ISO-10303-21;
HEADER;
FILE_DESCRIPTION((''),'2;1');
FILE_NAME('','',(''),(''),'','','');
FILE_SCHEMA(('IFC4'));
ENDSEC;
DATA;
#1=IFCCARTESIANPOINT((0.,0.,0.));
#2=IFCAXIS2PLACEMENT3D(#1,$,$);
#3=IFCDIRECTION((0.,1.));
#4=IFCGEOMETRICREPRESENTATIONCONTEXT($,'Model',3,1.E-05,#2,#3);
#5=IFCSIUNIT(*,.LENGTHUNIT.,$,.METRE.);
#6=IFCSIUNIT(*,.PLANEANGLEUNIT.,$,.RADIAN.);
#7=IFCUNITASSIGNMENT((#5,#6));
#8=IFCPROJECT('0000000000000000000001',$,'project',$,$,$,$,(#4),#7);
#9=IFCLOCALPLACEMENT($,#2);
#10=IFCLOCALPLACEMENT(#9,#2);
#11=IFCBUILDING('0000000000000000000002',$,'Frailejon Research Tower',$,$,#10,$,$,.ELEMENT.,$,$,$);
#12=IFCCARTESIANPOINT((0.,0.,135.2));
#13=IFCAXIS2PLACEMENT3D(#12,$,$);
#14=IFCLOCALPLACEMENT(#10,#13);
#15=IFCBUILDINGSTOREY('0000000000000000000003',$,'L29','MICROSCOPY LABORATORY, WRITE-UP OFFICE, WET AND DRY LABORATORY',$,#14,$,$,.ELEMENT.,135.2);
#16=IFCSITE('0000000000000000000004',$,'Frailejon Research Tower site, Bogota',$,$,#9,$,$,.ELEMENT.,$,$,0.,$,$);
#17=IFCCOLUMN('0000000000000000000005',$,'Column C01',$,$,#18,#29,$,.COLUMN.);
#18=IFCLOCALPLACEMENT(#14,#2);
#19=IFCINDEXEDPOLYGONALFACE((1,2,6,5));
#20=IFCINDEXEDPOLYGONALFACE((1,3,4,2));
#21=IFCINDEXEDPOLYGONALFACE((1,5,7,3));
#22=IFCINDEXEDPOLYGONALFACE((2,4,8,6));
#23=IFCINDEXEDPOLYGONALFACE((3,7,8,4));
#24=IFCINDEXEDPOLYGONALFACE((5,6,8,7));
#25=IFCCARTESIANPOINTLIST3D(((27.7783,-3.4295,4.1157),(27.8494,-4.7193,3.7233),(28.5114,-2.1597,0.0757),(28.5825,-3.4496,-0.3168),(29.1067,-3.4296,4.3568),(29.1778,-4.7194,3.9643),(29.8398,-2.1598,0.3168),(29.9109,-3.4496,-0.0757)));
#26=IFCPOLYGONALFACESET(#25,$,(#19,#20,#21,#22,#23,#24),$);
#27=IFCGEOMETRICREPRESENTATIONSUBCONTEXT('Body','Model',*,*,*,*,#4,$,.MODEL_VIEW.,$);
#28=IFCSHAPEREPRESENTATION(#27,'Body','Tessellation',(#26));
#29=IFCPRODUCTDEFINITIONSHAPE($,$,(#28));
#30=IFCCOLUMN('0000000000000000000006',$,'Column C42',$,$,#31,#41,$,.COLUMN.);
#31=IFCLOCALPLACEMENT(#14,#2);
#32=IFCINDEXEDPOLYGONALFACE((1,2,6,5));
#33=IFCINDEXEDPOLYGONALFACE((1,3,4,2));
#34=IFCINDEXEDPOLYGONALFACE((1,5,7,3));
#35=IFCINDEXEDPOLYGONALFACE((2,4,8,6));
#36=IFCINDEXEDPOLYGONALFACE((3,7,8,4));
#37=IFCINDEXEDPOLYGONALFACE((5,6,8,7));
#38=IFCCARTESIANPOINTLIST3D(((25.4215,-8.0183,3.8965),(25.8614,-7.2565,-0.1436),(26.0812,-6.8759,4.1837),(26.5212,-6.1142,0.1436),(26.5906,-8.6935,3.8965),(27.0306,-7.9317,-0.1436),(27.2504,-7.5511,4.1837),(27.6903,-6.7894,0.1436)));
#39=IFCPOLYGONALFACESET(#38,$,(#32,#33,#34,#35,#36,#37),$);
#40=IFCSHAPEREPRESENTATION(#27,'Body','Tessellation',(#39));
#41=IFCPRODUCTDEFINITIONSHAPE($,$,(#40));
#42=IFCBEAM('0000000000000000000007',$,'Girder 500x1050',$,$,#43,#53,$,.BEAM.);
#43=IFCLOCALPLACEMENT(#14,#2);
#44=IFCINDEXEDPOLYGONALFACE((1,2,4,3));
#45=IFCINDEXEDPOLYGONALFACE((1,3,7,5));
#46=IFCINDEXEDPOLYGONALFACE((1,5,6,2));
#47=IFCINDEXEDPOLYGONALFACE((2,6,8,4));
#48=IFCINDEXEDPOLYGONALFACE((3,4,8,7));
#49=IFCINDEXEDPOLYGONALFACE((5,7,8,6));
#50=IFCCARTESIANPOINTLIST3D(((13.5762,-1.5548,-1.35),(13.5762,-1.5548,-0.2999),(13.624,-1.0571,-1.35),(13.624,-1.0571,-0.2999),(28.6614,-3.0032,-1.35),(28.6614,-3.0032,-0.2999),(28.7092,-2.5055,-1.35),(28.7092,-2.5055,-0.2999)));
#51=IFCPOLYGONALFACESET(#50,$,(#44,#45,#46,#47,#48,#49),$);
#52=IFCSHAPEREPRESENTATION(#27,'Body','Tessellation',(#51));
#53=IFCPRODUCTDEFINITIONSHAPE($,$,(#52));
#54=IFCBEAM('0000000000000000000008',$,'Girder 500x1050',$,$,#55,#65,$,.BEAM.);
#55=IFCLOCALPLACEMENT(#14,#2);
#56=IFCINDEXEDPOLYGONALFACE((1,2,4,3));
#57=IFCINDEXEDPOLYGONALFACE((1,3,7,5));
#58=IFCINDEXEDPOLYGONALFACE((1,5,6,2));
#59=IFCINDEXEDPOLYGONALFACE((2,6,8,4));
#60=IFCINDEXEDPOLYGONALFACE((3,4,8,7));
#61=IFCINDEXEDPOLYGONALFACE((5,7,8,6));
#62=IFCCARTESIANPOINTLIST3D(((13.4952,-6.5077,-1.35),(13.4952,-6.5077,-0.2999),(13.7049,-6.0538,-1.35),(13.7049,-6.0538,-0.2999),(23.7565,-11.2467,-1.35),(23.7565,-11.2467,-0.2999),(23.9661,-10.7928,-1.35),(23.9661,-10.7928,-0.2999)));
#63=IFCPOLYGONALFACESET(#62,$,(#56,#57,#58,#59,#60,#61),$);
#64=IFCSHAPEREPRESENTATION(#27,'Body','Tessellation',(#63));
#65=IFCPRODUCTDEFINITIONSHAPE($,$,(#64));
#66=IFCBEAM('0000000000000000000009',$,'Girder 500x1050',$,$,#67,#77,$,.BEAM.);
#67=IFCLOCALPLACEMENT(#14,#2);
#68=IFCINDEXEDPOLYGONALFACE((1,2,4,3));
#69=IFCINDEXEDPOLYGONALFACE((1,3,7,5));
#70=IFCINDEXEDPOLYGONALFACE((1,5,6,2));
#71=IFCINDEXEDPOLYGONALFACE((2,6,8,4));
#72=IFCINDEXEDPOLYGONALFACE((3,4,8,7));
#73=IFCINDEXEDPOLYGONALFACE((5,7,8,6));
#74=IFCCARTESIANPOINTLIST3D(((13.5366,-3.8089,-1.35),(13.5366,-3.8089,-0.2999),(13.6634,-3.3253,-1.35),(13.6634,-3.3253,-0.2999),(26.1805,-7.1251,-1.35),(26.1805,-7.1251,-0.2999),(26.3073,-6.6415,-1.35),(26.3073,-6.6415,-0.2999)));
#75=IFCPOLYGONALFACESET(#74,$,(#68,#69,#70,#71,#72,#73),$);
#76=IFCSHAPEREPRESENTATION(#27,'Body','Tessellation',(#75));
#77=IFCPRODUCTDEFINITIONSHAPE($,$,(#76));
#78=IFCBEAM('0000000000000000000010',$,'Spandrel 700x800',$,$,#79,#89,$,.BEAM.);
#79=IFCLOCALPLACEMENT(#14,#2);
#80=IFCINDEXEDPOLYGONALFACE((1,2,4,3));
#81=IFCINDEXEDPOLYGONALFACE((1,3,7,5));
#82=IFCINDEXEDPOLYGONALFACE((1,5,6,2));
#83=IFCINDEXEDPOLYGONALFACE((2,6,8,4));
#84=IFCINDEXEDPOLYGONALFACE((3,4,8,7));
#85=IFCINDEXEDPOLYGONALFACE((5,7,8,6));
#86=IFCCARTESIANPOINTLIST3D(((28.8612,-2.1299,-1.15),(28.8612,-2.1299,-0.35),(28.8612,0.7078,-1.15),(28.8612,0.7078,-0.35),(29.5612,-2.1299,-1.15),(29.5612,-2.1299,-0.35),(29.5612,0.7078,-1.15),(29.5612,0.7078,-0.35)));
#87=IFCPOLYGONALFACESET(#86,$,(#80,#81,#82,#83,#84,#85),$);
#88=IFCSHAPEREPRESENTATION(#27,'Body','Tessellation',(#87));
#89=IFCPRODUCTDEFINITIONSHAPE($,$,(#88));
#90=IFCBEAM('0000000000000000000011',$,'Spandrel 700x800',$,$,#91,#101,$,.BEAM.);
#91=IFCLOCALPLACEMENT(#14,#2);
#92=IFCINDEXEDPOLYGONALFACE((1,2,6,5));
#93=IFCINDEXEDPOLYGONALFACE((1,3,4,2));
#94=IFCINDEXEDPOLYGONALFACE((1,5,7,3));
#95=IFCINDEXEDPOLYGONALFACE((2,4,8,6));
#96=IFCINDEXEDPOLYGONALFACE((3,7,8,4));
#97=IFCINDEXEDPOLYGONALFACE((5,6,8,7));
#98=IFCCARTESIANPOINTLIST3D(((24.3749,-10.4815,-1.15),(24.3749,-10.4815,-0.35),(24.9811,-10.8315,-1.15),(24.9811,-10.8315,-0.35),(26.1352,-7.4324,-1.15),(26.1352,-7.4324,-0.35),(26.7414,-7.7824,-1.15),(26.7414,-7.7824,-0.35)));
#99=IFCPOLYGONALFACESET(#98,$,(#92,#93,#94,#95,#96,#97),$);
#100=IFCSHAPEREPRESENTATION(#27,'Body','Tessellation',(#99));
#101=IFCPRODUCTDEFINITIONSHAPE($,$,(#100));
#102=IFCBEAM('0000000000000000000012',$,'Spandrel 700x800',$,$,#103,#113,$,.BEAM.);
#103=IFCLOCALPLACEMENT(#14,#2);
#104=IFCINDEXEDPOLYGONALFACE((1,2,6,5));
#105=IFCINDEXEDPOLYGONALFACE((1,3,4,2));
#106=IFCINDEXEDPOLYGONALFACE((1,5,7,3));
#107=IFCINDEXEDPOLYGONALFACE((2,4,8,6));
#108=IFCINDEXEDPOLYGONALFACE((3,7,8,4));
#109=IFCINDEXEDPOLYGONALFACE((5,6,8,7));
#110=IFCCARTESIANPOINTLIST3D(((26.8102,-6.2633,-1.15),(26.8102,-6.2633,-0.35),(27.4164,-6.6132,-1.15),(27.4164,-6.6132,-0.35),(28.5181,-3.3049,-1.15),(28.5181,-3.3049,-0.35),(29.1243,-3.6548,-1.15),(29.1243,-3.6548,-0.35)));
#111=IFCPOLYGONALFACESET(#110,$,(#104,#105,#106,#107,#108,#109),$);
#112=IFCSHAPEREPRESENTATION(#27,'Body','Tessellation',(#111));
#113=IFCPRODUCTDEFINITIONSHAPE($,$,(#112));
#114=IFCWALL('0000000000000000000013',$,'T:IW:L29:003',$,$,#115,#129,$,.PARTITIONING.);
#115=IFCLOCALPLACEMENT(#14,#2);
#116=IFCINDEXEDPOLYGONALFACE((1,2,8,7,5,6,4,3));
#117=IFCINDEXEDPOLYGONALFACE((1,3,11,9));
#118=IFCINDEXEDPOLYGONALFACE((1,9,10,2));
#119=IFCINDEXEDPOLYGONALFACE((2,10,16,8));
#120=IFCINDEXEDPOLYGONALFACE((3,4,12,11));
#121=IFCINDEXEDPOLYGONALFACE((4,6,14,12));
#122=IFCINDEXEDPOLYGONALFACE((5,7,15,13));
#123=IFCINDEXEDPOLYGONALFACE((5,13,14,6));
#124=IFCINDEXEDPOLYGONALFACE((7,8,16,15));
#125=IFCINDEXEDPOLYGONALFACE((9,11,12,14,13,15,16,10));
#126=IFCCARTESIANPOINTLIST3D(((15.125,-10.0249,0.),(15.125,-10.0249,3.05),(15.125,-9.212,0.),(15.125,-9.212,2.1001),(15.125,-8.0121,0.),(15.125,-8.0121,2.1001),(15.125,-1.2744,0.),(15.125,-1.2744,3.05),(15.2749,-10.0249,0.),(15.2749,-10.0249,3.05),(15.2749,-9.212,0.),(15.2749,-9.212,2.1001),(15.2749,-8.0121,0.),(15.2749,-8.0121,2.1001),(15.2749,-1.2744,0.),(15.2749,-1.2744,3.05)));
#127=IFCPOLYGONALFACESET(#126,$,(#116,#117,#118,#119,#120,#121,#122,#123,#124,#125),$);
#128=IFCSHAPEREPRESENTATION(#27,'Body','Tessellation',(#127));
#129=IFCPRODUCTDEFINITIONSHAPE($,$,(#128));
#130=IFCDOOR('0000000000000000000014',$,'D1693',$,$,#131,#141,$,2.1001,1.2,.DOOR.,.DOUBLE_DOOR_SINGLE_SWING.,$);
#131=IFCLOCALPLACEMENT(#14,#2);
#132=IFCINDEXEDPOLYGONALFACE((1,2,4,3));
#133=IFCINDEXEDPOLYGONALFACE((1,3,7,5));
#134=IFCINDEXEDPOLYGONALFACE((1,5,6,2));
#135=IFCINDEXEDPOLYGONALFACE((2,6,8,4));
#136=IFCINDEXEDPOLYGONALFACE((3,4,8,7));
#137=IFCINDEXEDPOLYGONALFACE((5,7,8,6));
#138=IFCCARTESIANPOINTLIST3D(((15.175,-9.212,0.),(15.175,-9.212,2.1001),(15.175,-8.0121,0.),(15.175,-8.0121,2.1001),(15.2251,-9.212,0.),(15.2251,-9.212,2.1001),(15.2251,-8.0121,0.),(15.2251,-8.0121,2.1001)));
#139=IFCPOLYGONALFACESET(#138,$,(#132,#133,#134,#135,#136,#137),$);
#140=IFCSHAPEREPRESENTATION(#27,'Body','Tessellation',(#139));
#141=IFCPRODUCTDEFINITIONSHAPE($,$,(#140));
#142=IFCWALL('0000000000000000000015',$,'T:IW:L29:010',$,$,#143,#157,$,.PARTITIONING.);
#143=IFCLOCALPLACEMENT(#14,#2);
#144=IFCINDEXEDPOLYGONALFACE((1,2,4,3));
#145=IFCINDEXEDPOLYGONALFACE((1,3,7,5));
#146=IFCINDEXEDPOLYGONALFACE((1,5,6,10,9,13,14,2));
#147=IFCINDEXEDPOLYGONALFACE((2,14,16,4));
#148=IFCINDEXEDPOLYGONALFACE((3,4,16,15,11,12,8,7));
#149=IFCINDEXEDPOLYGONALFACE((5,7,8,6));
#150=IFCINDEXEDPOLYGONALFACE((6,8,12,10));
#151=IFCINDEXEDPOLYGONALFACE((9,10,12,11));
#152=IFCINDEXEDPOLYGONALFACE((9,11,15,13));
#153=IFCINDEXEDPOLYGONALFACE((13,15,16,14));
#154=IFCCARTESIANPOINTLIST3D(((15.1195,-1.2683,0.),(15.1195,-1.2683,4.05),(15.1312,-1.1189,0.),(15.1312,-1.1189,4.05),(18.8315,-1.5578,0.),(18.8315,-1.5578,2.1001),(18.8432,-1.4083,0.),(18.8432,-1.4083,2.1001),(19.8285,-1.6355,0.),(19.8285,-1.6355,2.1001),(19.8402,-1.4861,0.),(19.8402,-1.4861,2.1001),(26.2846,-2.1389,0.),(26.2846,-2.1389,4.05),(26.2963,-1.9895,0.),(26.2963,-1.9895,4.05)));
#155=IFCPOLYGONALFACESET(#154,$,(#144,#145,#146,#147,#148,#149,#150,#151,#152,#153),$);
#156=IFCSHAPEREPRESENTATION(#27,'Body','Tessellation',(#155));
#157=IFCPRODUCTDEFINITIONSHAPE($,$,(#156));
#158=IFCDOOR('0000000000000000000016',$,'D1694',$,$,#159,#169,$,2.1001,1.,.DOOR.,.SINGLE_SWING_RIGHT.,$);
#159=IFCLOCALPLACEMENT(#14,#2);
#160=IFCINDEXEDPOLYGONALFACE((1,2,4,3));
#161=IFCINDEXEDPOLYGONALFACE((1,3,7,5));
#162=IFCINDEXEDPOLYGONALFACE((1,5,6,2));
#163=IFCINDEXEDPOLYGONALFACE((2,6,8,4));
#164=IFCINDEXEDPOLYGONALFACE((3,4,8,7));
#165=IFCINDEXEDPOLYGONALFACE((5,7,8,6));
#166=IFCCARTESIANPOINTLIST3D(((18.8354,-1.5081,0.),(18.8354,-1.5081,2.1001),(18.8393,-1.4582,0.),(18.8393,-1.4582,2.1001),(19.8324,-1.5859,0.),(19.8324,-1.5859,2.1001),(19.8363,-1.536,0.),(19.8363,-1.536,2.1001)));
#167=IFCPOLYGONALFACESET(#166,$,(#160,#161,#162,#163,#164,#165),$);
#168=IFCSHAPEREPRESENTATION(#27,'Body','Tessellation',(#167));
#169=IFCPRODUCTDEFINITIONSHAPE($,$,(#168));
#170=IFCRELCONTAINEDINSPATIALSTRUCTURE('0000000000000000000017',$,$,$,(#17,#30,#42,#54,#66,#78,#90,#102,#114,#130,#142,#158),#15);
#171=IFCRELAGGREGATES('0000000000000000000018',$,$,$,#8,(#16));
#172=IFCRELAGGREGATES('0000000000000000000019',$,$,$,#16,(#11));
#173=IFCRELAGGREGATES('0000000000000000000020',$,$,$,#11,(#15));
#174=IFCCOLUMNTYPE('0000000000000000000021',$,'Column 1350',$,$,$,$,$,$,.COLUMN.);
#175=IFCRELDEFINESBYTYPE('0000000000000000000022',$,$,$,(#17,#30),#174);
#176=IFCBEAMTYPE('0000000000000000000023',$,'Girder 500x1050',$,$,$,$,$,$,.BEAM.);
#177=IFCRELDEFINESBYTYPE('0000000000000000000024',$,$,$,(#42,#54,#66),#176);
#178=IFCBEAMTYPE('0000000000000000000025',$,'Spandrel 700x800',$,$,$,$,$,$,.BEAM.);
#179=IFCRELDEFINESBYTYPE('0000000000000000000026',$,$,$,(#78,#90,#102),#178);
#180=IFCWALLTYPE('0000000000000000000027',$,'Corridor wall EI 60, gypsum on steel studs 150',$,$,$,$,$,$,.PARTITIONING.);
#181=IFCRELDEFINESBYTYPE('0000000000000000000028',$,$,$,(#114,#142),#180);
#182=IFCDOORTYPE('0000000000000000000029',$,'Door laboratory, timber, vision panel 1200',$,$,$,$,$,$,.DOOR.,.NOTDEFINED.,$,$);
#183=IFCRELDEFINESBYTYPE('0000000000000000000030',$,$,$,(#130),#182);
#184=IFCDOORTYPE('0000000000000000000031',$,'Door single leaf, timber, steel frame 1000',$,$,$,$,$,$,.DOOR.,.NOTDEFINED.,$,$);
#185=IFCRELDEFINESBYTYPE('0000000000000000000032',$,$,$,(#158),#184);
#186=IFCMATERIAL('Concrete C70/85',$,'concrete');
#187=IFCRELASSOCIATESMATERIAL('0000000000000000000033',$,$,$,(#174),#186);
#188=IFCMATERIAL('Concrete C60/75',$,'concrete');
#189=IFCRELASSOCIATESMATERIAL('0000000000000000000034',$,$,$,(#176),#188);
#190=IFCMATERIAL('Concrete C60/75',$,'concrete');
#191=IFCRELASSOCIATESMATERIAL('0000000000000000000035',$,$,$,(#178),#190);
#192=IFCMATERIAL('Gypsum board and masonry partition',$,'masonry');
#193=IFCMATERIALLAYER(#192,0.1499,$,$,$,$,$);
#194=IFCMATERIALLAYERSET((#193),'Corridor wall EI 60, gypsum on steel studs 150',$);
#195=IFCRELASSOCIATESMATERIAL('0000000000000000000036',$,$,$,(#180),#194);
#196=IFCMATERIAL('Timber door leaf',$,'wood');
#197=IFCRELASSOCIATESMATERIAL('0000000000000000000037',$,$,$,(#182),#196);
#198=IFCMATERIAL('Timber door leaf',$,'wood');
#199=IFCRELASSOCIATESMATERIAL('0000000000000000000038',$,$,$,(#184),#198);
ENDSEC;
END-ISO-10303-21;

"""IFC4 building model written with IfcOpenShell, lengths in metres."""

from ifc_helpers import new_model, si_unit, direction, frame, frame_2d, origin, origin_2d, place, context, subcontext, project, spatial, rectangle, extrude, material, layer, layer_set, material_profile, profile_set, type_object, element, fill, save


model = new_model("IFC4")

# Units and contexts
model_context = context("Model", 3, precision=1e-05, world=origin(), true_north=direction((0.0, 1.0)))
body_context = subcontext(model_context, "Body", "Model", "MODEL_VIEW")
ifc_project = project(units=[si_unit("LENGTHUNIT", "METRE"), si_unit("PLANEANGLEUNIT", "RADIAN")], contexts=[model_context])

# Site, building, storey
site_placement = place(None, origin())
site = spatial("IfcSite", under=ifc_project, at=site_placement, Name="Frailejon Research Tower site, Bogota", CompositionType="ELEMENT", RefElevation=0.0)
building_placement = place(site_placement, origin())
building = spatial("IfcBuilding", under=site, at=building_placement, Name="Frailejon Research Tower", CompositionType="ELEMENT")
storey_placement = place(building_placement, frame((0.0, 0.0, 135.2)))
storey = spatial("IfcBuildingStorey", under=building, at=storey_placement, Name="L29", Description="MICROSCOPY LABORATORY, WRITE-UP OFFICE, WET AND DRY LABORATORY", CompositionType="ELEMENT", Elevation=135.2)

# Columns
ifc_material_1 = material(Name="Concrete C70/85", Category="concrete")
ifc_material_profile_1 = material_profile(ifc_material_1, rectangle(XDim=1.3501, YDim=1.3501, at=origin_2d()), Name="Column 1350")
ifc_profile_set_1 = profile_set([ifc_material_profile_1], Name="Concrete C70/85")
column_type = type_object("IfcColumnType", Name="Column 1350", PredefinedType="COLUMN", material=ifc_profile_set_1)
column_1_placement = place(storey_placement, frame((29.2112, -2.8047, 0.0), z_axis=(-0.170585, -0.295442, 0.940008), x_axis=(-0.052685, 0.955361, 0.290707)))
element("IfcColumn", 1, at=column_1_placement, inside=storey, type_object=column_type, Name="Column C01", PredefinedType="COLUMN", context=body_context, shape_type="SweptSolid", body=[
    extrude(rectangle(XDim=1.3501, YDim=1.3501, at=origin_2d()), origin(), (0.0, 0.0, 1.0), 4.2979),
])
column_2_placement = place(storey_placement, frame((26.7759, -7.0229, 0.0), z_axis=(-0.106402, -0.184226, 0.977108), x_axis=(0.488665, 0.846136, 0.212746)))
element("IfcColumn", 2, at=column_2_placement, inside=storey, type_object=column_type, Name="Column C42", PredefinedType="COLUMN", context=body_context, shape_type="SweptSolid", body=[
    extrude(rectangle(XDim=1.3501, YDim=1.3501, at=origin_2d()), origin(), (0.0, 0.0, 1.0), 4.1348),
])

# Beams
ifc_material_2 = material(Name="Concrete C60/75", Category="concrete")
ifc_material_profile_2 = material_profile(ifc_material_2, rectangle(XDim=0.5, YDim=1.05, at=origin_2d()), Name="Girder 500x1050")
ifc_profile_set_2 = profile_set([ifc_material_profile_2], Name="Concrete C60/75")
beam_type_1 = type_object("IfcBeamType", Name="Girder 500x1050", PredefinedType="BEAM", material=ifc_profile_set_2)
beam_1_placement = place(storey_placement, frame((28.6853, -2.7544, -0.825), z_axis=(-0.995422, 0.095581, 0.0), x_axis=(-0.095581, -0.995422, 0.0)))
element("IfcBeam", 3, at=beam_1_placement, inside=storey, type_object=beam_type_1, Name="Girder 500x1050", PredefinedType="BEAM", context=body_context, shape_type="SweptSolid", body=[
    extrude(rectangle(XDim=0.5, YDim=1.05, at=origin_2d()), origin(), (0.0, 0.0, 1.0), 15.1545),
])
beam_2_placement = place(storey_placement, frame((23.8613, -11.0198, -0.825), z_axis=(-0.907856, 0.419281, 0.0), x_axis=(-0.419281, -0.907856, 0.0)))
element("IfcBeam", 4, at=beam_2_placement, inside=storey, type_object=beam_type_1, Name="Girder 500x1050", PredefinedType="BEAM", context=body_context, shape_type="SweptSolid", body=[
    extrude(rectangle(XDim=0.5, YDim=1.05, at=origin_2d()), origin(), (0.0, 0.0, 1.0), 11.3027),
])
beam_3_placement = place(storey_placement, frame((26.2439, -6.8833, -0.825), z_axis=(-0.967284, 0.253695, 0.0), x_axis=(-0.253695, -0.967284, 0.0)))
element("IfcBeam", 5, at=beam_3_placement, inside=storey, type_object=beam_type_1, Name="Girder 500x1050", PredefinedType="BEAM", context=body_context, shape_type="SweptSolid", body=[
    extrude(rectangle(XDim=0.5, YDim=1.05, at=origin_2d()), origin(), (0.0, 0.0, 1.0), 13.0715),
])
ifc_material_3 = material(Name="Concrete C60/75", Category="concrete")
ifc_material_profile_3 = material_profile(ifc_material_3, rectangle(XDim=0.7, YDim=0.8, at=origin_2d()), Name="Spandrel 700x800")
ifc_profile_set_3 = profile_set([ifc_material_profile_3], Name="Concrete C60/75")
beam_type_2 = type_object("IfcBeamType", Name="Spandrel 700x800", PredefinedType="BEAM", material=ifc_profile_set_3)
beam_4_placement = place(storey_placement, frame((29.2112, -2.1299, -0.75), z_axis=(0.0, 1.0, 0.0), x_axis=(-1.0, 0.0, 0.0)))
element("IfcBeam", 6, at=beam_4_placement, inside=storey, type_object=beam_type_2, Name="Spandrel 700x800", PredefinedType="BEAM", context=body_context, shape_type="SweptSolid", body=[
    extrude(rectangle(XDim=0.7, YDim=0.8, at=origin_2d()), origin(), (0.0, 0.0, 1.0), 2.8376),
])
beam_5_placement = place(storey_placement, frame((24.678, -10.6565, -0.75), z_axis=(0.499973, 0.866041, 0.0), x_axis=(-0.866041, 0.499973, 0.0)))
element("IfcBeam", 7, at=beam_5_placement, inside=storey, type_object=beam_type_2, Name="Spandrel 700x800", PredefinedType="BEAM", context=body_context, shape_type="SweptSolid", body=[
    extrude(rectangle(XDim=0.7, YDim=0.8, at=origin_2d()), origin(), (0.0, 0.0, 1.0), 3.5208),
])
beam_6_placement = place(storey_placement, frame((27.1133, -6.4382, -0.75), z_axis=(0.499982, 0.866036, 0.0), x_axis=(-0.866036, 0.499982, 0.0)))
element("IfcBeam", 8, at=beam_6_placement, inside=storey, type_object=beam_type_2, Name="Spandrel 700x800", PredefinedType="BEAM", context=body_context, shape_type="SweptSolid", body=[
    extrude(rectangle(XDim=0.7, YDim=0.8, at=origin_2d()), origin(), (0.0, 0.0, 1.0), 3.416),
])

# Walls, openings, doors
ifc_material_4 = material(Name="Gypsum board and masonry partition", Category="masonry")
ifc_layer_1 = layer(ifc_material_4, 0.1499)
ifc_layer_set_1 = layer_set([ifc_layer_1], Name="Corridor wall EI 60, gypsum on steel studs 150")
wall_type_1 = type_object("IfcWallType", Name="Corridor wall EI 60, gypsum on steel studs 150", PredefinedType="PARTITIONING", material=ifc_layer_set_1)
wall_1_placement = place(storey_placement, frame((15.2, -10.0249, 0.0), z_axis=(0.0, 0.0, 1.0), x_axis=(0.0, 1.0, 0.0)))
wall_1 = element("IfcWall", 9, at=wall_1_placement, inside=storey, type_object=wall_type_1, Name="T:IW:L29:003", PredefinedType="PARTITIONING", context=body_context, shape_type="SweptSolid", body=[
    extrude(rectangle(XDim=8.7505, YDim=0.1499, at=frame_2d((4.3752, 0.0))), origin(), (0.0, 0.0, 1.0), 3.05),
])
opening_1_placement = place(wall_1_placement, frame((0.8127, 0.0, 0.0)))
opening_1 = element("IfcOpeningElement", 10, at=opening_1_placement, cuts=wall_1, PredefinedType="OPENING", context=body_context, shape_type="SweptSolid", body=[
    extrude(rectangle(XDim=1.2, YDim=2.1001, at=frame_2d((0.6001, 1.05))), frame((0.0, 0.085, 0.0), z_axis=(0.0, -1.0, 0.0), x_axis=(1.0, 0.0, 0.0)), (0.0, 0.0, 1.0), 0.1699),
])
ifc_material_5 = material(Name="Timber door leaf", Category="wood")
door_type_1 = type_object("IfcDoorType", Name="Door laboratory, timber, vision panel 1200", OperationType="NOTDEFINED", PredefinedType="DOOR", material=ifc_material_5)
door_1_placement = place(opening_1_placement, origin())
door_1 = element("IfcDoor", 11, at=door_1_placement, inside=storey, type_object=door_type_1, Name="D1693", OperationType="DOUBLE_DOOR_SINGLE_SWING", OverallHeight=2.1001, OverallWidth=1.2, PredefinedType="DOOR", context=body_context, shape_type="SweptSolid", body=[
    extrude(rectangle(XDim=1.2, YDim=2.1001, at=frame_2d((0.6001, 1.05))), frame((0.0, 0.0249, 0.0), z_axis=(0.0, -1.0, 0.0), x_axis=(1.0, 0.0, 0.0)), (0.0, 0.0, 1.0), 0.05),
])
fill(opening_1, door_1)
wall_2_placement = place(storey_placement, frame((15.1252, -1.1936, 0.0), z_axis=(0.0, 0.0, 1.0), x_axis=(0.996974, -0.07774, 0.0)))
wall_2 = element("IfcWall", 12, at=wall_2_placement, inside=storey, type_object=wall_type_1, Name="T:IW:L29:010", PredefinedType="PARTITIONING", context=body_context, shape_type="SweptSolid", body=[
    extrude(rectangle(XDim=11.199, YDim=0.1499, at=frame_2d((5.5996, 0.0))), origin(), (0.0, 0.0, 1.0), 4.05),
])
opening_2_placement = place(wall_2_placement, frame((3.7234, 0.0, 0.0)))
opening_2 = element("IfcOpeningElement", 13, at=opening_2_placement, cuts=wall_2, PredefinedType="OPENING", context=body_context, shape_type="SweptSolid", body=[
    extrude(rectangle(XDim=1.0, YDim=2.1001, at=frame_2d((0.5, 1.05))), frame((0.0, 0.085, 0.0), z_axis=(0.0, -1.0, 0.0), x_axis=(1.0, 0.0, 0.0)), (0.0, 0.0, 1.0), 0.1699),
])
ifc_material_6 = material(Name="Timber door leaf", Category="wood")
door_type_2 = type_object("IfcDoorType", Name="Door single leaf, timber, steel frame 1000", OperationType="NOTDEFINED", PredefinedType="DOOR", material=ifc_material_6)
door_2_placement = place(opening_2_placement, origin())
door_2 = element("IfcDoor", 14, at=door_2_placement, inside=storey, type_object=door_type_2, Name="D1694", OperationType="SINGLE_SWING_RIGHT", OverallHeight=2.1001, OverallWidth=1.0, PredefinedType="DOOR", context=body_context, shape_type="SweptSolid", body=[
    extrude(rectangle(XDim=1.0, YDim=2.1001, at=frame_2d((0.5, 1.05))), frame((0.0, 0.0249, 0.0), z_axis=(0.0, -1.0, 0.0), x_axis=(1.0, 0.0, 0.0)), (0.0, 0.0, 1.0), 0.05),
])
fill(opening_2, door_2)

save(model, "model.ifc")
